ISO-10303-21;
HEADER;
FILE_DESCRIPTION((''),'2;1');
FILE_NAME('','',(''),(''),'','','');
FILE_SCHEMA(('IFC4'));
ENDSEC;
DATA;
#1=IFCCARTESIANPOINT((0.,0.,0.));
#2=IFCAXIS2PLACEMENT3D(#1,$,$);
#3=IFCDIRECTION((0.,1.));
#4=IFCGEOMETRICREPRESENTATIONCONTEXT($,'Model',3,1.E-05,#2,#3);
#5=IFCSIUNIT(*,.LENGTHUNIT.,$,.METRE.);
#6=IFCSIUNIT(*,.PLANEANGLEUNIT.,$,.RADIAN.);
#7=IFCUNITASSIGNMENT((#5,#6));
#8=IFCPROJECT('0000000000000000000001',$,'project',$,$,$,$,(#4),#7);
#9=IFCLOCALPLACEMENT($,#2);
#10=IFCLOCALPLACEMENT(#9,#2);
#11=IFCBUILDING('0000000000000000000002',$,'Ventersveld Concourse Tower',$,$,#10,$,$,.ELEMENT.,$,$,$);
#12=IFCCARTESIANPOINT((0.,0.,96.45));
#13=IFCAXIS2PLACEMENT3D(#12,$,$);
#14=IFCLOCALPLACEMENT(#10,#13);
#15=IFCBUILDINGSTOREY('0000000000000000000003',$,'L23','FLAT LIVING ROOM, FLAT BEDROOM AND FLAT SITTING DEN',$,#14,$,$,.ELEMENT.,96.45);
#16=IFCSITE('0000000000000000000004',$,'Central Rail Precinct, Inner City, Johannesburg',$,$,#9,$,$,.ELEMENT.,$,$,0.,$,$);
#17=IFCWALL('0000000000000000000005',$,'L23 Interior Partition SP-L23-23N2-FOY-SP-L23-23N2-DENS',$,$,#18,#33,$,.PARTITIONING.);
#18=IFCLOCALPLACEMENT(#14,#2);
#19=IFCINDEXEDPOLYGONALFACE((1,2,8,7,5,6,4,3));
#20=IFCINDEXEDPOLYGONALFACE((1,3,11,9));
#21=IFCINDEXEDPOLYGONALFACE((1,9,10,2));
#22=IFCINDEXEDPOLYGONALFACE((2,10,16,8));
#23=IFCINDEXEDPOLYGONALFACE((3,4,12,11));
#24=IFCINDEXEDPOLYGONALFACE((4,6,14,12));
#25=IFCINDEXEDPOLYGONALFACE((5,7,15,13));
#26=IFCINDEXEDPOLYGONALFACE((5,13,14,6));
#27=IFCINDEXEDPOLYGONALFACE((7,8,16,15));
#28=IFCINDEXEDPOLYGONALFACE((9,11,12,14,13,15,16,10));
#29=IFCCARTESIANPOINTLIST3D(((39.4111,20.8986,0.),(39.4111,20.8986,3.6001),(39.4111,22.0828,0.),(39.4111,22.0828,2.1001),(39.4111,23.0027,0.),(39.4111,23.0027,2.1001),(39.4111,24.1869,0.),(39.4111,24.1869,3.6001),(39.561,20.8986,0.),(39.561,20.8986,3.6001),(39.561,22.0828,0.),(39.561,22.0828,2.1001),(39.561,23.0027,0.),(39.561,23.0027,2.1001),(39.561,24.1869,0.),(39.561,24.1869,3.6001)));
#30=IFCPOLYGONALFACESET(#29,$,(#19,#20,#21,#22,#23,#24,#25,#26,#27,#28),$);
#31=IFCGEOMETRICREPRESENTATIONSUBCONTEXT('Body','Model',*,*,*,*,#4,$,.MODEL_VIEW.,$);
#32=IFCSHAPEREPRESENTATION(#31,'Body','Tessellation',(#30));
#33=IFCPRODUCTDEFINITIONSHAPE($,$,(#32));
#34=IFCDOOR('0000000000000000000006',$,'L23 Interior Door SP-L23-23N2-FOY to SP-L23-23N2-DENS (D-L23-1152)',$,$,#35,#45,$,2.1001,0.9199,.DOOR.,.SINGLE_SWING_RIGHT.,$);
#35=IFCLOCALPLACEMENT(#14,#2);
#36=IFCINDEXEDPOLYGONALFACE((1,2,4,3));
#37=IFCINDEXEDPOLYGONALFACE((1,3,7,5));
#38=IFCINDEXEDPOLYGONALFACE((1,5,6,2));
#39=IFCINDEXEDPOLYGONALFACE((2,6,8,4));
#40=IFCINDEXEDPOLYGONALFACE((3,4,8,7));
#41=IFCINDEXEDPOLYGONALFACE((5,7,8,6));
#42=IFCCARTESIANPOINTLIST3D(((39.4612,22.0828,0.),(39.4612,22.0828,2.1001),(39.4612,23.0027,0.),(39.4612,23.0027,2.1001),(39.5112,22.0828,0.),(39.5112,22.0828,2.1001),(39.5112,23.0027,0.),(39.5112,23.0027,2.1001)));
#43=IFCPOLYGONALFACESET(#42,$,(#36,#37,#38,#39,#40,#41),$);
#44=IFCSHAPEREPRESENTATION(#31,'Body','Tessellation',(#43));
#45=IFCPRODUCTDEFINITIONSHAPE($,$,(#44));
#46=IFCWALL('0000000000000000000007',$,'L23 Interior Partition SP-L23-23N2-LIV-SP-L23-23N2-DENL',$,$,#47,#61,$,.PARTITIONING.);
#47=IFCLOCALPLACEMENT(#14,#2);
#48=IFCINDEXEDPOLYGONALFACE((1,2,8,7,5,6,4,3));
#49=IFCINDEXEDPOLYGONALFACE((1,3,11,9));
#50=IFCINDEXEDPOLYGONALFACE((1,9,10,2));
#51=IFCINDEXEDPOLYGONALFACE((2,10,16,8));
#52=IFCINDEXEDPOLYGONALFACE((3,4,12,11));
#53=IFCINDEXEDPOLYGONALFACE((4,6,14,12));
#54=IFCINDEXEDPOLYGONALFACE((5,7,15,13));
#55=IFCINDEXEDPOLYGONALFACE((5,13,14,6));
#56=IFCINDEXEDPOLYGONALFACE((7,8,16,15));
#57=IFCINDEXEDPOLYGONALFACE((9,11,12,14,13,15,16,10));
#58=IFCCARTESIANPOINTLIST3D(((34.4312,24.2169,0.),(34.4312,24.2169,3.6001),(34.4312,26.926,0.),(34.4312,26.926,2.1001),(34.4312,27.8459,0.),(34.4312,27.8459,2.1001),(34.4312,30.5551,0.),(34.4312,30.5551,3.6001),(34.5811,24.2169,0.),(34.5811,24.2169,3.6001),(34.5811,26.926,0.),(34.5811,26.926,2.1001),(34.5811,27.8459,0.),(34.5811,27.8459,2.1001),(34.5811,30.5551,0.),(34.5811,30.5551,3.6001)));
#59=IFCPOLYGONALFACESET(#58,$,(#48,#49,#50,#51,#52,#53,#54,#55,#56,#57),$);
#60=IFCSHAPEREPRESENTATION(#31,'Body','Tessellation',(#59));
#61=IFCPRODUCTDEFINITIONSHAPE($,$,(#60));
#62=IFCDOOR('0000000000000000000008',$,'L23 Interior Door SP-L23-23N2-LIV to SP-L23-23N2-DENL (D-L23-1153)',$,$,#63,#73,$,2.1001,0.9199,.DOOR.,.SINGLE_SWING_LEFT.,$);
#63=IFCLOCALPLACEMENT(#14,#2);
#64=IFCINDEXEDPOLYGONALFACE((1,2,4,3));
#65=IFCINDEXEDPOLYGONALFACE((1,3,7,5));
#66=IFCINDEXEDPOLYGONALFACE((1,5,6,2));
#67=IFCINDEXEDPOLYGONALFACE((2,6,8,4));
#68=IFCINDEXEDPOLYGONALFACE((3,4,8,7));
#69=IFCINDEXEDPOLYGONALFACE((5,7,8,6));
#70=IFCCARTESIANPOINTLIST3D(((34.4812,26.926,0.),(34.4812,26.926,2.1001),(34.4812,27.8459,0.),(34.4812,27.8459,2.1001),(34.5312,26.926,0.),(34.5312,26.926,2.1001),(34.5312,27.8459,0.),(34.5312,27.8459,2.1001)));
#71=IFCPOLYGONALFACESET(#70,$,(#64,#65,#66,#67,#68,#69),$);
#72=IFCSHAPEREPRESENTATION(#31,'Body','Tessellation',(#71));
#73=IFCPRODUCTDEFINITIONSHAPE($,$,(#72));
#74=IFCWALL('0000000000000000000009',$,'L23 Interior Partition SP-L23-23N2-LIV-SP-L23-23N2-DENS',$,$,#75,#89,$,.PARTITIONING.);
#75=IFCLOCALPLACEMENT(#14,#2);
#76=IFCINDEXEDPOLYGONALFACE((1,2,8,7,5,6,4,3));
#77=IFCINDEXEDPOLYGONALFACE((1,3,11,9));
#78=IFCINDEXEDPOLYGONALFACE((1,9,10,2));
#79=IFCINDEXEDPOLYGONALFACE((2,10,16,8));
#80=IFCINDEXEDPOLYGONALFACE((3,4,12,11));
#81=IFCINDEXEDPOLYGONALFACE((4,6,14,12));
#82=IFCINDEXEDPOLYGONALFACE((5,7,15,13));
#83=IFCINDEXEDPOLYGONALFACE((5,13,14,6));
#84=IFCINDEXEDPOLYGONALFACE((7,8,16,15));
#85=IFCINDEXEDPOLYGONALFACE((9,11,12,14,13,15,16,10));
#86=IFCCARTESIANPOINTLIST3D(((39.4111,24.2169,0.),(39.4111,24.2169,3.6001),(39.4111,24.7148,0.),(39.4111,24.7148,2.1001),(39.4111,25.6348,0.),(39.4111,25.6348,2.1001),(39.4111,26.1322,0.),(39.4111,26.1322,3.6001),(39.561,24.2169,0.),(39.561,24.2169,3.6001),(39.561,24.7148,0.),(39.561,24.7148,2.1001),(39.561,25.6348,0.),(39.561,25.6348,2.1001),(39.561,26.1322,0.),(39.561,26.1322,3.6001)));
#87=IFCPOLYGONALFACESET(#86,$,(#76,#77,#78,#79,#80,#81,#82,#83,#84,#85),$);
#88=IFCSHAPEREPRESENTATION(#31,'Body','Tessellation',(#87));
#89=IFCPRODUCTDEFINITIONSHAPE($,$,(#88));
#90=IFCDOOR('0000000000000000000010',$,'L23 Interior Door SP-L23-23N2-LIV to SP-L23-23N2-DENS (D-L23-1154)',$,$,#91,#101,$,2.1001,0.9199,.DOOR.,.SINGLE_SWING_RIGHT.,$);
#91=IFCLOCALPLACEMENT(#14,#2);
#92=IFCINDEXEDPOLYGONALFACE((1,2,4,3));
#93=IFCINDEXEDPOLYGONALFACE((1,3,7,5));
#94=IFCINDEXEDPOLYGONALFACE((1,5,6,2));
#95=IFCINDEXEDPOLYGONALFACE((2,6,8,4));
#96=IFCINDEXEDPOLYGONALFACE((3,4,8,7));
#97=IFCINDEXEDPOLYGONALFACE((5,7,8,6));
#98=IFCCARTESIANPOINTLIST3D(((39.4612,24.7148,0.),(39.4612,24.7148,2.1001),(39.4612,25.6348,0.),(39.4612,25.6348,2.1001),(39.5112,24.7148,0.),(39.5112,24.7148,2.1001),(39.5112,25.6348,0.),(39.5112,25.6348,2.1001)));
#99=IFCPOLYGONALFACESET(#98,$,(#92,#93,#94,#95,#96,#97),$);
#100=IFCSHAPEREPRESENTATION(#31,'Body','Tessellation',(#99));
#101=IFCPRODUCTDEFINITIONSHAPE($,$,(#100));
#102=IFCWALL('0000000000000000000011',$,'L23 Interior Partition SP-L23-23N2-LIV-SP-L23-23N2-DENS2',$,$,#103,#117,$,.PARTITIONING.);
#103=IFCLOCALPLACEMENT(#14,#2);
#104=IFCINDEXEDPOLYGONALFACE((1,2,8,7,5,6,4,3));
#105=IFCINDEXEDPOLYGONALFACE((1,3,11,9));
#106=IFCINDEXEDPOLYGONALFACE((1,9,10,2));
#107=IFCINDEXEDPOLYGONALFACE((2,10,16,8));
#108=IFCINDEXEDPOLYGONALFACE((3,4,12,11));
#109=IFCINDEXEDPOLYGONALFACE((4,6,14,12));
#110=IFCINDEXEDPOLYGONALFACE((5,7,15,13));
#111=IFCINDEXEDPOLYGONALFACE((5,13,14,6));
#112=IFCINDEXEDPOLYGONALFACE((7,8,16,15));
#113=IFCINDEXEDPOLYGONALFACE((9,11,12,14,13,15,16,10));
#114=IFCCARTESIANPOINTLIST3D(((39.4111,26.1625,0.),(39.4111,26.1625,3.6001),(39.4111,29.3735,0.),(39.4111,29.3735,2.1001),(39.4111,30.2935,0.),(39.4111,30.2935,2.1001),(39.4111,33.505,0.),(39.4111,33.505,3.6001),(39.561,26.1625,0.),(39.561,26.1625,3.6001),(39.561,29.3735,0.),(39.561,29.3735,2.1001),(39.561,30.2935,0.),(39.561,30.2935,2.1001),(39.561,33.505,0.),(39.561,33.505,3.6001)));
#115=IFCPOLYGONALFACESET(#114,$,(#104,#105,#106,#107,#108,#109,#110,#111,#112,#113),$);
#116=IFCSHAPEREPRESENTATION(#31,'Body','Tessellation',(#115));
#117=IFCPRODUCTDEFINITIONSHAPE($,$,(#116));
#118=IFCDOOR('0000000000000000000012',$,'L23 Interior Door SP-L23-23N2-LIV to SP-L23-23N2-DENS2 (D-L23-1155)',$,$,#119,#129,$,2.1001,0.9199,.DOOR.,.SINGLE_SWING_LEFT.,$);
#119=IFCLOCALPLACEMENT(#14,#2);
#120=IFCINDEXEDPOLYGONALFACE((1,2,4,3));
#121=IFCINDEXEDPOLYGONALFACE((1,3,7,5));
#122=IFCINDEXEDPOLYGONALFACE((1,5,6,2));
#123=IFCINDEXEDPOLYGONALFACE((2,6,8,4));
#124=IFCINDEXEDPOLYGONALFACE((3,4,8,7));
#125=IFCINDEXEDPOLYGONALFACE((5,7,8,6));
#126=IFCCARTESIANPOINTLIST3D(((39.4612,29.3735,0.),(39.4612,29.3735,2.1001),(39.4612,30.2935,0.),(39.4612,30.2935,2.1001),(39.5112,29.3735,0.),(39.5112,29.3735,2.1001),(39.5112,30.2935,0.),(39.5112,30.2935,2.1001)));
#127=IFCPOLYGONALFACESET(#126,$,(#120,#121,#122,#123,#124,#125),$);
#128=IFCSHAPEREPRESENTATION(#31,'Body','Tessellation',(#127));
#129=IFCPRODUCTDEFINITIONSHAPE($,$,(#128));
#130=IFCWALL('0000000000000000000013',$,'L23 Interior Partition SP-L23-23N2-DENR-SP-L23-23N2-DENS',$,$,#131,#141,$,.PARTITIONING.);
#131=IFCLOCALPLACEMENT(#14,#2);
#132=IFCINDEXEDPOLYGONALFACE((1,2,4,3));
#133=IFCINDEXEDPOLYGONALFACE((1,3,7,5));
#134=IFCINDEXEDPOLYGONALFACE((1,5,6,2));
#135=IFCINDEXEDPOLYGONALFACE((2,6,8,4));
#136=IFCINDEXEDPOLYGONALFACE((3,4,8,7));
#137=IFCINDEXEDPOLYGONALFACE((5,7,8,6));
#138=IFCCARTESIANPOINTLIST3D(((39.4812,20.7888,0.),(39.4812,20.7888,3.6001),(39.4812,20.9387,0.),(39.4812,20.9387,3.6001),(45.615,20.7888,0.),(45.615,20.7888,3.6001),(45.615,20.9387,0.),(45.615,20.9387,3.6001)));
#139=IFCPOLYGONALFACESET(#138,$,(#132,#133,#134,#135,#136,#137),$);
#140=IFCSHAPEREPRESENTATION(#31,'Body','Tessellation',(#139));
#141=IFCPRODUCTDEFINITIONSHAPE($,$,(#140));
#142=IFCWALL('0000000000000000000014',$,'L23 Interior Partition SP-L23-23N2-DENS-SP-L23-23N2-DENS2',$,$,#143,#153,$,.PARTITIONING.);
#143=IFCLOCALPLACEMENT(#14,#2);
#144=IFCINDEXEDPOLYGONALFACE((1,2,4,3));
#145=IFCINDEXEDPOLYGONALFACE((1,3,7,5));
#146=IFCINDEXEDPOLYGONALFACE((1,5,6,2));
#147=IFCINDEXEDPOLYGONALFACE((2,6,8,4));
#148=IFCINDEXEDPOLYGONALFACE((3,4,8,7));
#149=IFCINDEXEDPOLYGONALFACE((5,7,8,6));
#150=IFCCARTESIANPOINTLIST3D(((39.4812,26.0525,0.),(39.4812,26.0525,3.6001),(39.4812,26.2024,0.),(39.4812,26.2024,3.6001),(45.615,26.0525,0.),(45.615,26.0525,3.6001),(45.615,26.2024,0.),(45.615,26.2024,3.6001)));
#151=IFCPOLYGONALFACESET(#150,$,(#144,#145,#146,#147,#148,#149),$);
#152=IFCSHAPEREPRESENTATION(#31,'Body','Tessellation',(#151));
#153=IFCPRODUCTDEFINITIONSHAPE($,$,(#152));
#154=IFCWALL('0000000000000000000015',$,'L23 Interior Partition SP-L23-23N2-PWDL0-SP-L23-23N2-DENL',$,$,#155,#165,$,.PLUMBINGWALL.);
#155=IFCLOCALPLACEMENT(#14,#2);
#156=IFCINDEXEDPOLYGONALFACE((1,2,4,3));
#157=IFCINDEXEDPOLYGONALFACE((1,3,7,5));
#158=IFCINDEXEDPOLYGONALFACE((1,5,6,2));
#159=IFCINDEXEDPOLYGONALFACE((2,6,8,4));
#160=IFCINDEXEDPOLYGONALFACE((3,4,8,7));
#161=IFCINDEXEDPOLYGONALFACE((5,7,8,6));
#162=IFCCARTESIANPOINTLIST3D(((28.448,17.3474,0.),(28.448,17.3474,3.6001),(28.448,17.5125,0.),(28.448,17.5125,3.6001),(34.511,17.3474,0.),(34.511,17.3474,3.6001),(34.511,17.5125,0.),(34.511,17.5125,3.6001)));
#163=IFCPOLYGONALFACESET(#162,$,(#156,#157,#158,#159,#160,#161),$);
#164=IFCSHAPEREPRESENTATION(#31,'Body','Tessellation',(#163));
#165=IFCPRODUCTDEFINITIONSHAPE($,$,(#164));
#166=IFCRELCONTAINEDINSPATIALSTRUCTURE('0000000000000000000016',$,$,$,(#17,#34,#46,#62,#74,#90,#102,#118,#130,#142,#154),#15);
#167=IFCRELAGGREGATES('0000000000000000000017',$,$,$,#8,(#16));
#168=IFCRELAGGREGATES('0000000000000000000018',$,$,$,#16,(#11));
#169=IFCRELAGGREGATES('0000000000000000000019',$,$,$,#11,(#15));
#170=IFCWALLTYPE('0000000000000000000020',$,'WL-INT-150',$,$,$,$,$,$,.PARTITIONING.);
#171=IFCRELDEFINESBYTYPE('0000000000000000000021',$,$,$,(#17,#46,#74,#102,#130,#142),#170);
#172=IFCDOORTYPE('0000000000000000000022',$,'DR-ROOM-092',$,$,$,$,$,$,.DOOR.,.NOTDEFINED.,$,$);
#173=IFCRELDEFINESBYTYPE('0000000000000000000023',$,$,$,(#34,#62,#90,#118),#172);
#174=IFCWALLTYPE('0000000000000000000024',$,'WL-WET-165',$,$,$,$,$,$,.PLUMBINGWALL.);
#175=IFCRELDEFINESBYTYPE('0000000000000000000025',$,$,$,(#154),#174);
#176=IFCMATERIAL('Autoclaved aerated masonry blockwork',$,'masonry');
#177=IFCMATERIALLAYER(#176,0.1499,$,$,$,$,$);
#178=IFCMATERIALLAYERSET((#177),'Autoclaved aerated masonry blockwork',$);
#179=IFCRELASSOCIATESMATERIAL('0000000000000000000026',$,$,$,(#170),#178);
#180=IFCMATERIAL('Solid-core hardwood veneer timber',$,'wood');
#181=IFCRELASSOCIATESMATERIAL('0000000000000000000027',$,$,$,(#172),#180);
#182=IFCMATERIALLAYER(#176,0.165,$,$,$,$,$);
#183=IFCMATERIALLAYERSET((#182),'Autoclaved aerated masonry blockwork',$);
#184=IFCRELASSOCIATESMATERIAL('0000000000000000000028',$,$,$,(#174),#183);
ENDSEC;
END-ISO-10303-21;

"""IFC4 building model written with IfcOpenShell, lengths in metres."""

from ifc_helpers import new_model, si_unit, direction, frame, frame_2d, origin, place, context, subcontext, project, spatial, rectangle, extrude, material, layer, layer_set, type_object, element, fill, save


model = new_model("IFC4")

# Units and contexts
model_context = context("Model", 3, precision=1e-05, world=origin(), true_north=direction((0.0, 1.0)))
body_context = subcontext(model_context, "Body", "Model", "MODEL_VIEW")
ifc_project = project(units=[si_unit("LENGTHUNIT", "METRE"), si_unit("PLANEANGLEUNIT", "RADIAN")], contexts=[model_context])

# Site, building, storey
site_placement = place(None, origin())
site = spatial("IfcSite", under=ifc_project, at=site_placement, Name="Central Rail Precinct, Inner City, Johannesburg", CompositionType="ELEMENT", RefElevation=0.0)
building_placement = place(site_placement, origin())
building = spatial("IfcBuilding", under=site, at=building_placement, Name="Ventersveld Concourse Tower", CompositionType="ELEMENT")
storey_placement = place(building_placement, frame((0.0, 0.0, 96.45)))
storey = spatial("IfcBuildingStorey", under=building, at=storey_placement, Name="L23", Description="FLAT LIVING ROOM, FLAT BEDROOM AND FLAT SITTING DEN", CompositionType="ELEMENT", Elevation=96.45)

# Walls, openings, doors
ifc_material_1 = material(Name="Autoclaved aerated masonry blockwork", Category="masonry")
ifc_layer_1 = layer(ifc_material_1, 0.1499)
ifc_layer_set_1 = layer_set([ifc_layer_1], Name="Autoclaved aerated masonry blockwork")
wall_type_1 = type_object("IfcWallType", Name="WL-INT-150", PredefinedType="PARTITIONING", material=ifc_layer_set_1)
ifc_material_2 = material(Name="Solid-core hardwood veneer timber", Category="wood")
door_type = type_object("IfcDoorType", Name="DR-ROOM-092", OperationType="NOTDEFINED", PredefinedType="DOOR", material=ifc_material_2)
wall_1_placement = place(storey_placement, frame((39.4861, 20.8987, 0.0), z_axis=(0.0, 0.0, 1.0), x_axis=(0.0, 1.0, 0.0)))
wall_1 = element("IfcWall", 1, at=wall_1_placement, inside=storey, type_object=wall_type_1, Name="L23 Interior Partition SP-L23-23N2-FOY-SP-L23-23N2-DENS", PredefinedType="PARTITIONING", context=body_context, shape_type="SweptSolid", body=[
    extrude(rectangle(XDim=3.2883, YDim=0.1499, at=frame_2d((1.644, 0.0))), origin(), (0.0, 0.0, 1.0), 3.6001),
])
opening_1_placement = place(wall_1_placement, frame((1.1841, 0.0, 0.0)))
opening_1 = element("IfcOpeningElement", 2, at=opening_1_placement, cuts=wall_1, PredefinedType="OPENING", context=body_context, shape_type="SweptSolid", body=[
    extrude(rectangle(XDim=0.9199, YDim=2.1001, at=frame_2d((0.46, 1.05))), frame((0.0, 0.085, 0.0), z_axis=(0.0, -1.0, 0.0), x_axis=(1.0, 0.0, 0.0)), (0.0, 0.0, 1.0), 0.1699),
])
door_1_placement = place(opening_1_placement, origin())
door_1 = element("IfcDoor", 3, at=door_1_placement, inside=storey, type_object=door_type, Name="L23 Interior Door SP-L23-23N2-FOY to SP-L23-23N2-DENS (D-L23-1152)", OperationType="SINGLE_SWING_RIGHT", OverallHeight=2.1001, OverallWidth=0.9199, PredefinedType="DOOR", context=body_context, shape_type="SweptSolid", body=[
    extrude(rectangle(XDim=0.9199, YDim=2.1001, at=frame_2d((0.46, 1.05))), frame((0.0, 0.0249, 0.0), z_axis=(0.0, -1.0, 0.0), x_axis=(1.0, 0.0, 0.0)), (0.0, 0.0, 1.0), 0.05),
])
fill(opening_1, door_1)
wall_2_placement = place(storey_placement, frame((34.5061, 24.217, 0.0), z_axis=(0.0, 0.0, 1.0), x_axis=(0.0, 1.0, 0.0)))
wall_2 = element("IfcWall", 4, at=wall_2_placement, inside=storey, type_object=wall_type_1, Name="L23 Interior Partition SP-L23-23N2-LIV-SP-L23-23N2-DENL", PredefinedType="PARTITIONING", context=body_context, shape_type="SweptSolid", body=[
    extrude(rectangle(XDim=6.3381, YDim=0.1499, at=frame_2d((3.1689, 0.0))), origin(), (0.0, 0.0, 1.0), 3.6001),
])
opening_2_placement = place(wall_2_placement, frame((2.709, 0.0, 0.0)))
opening_2 = element("IfcOpeningElement", 5, at=opening_2_placement, cuts=wall_2, PredefinedType="OPENING", context=body_context, shape_type="SweptSolid", body=[
    extrude(rectangle(XDim=0.9199, YDim=2.1001, at=frame_2d((0.46, 1.05))), frame((0.0, 0.085, 0.0), z_axis=(0.0, -1.0, 0.0), x_axis=(1.0, 0.0, 0.0)), (0.0, 0.0, 1.0), 0.1699),
])
door_2_placement = place(opening_2_placement, origin())
door_2 = element("IfcDoor", 6, at=door_2_placement, inside=storey, type_object=door_type, Name="L23 Interior Door SP-L23-23N2-LIV to SP-L23-23N2-DENL (D-L23-1153)", OperationType="SINGLE_SWING_LEFT", OverallHeight=2.1001, OverallWidth=0.9199, PredefinedType="DOOR", context=body_context, shape_type="SweptSolid", body=[
    extrude(rectangle(XDim=0.9199, YDim=2.1001, at=frame_2d((0.46, 1.05))), frame((0.0, 0.0249, 0.0), z_axis=(0.0, -1.0, 0.0), x_axis=(1.0, 0.0, 0.0)), (0.0, 0.0, 1.0), 0.05),
])
fill(opening_2, door_2)
wall_3_placement = place(storey_placement, frame((39.4861, 24.217, 0.0), z_axis=(0.0, 0.0, 1.0), x_axis=(0.0, 1.0, 0.0)))
wall_3 = element("IfcWall", 7, at=wall_3_placement, inside=storey, type_object=wall_type_1, Name="L23 Interior Partition SP-L23-23N2-LIV-SP-L23-23N2-DENS", PredefinedType="PARTITIONING", context=body_context, shape_type="SweptSolid", body=[
    extrude(rectangle(XDim=1.9153, YDim=0.1499, at=frame_2d((0.9575, 0.0))), origin(), (0.0, 0.0, 1.0), 3.6001),
])
opening_3_placement = place(wall_3_placement, frame((0.4978, 0.0, 0.0)))
opening_3 = element("IfcOpeningElement", 8, at=opening_3_placement, cuts=wall_3, PredefinedType="OPENING", context=body_context, shape_type="SweptSolid", body=[
    extrude(rectangle(XDim=0.9199, YDim=2.1001, at=frame_2d((0.46, 1.05))), frame((0.0, 0.085, 0.0), z_axis=(0.0, -1.0, 0.0), x_axis=(1.0, 0.0, 0.0)), (0.0, 0.0, 1.0), 0.1699),
])
door_3_placement = place(opening_3_placement, origin())
door_3 = element("IfcDoor", 9, at=door_3_placement, inside=storey, type_object=door_type, Name="L23 Interior Door SP-L23-23N2-LIV to SP-L23-23N2-DENS (D-L23-1154)", OperationType="SINGLE_SWING_RIGHT", OverallHeight=2.1001, OverallWidth=0.9199, PredefinedType="DOOR", context=body_context, shape_type="SweptSolid", body=[
    extrude(rectangle(XDim=0.9199, YDim=2.1001, at=frame_2d((0.46, 1.05))), frame((0.0, 0.0249, 0.0), z_axis=(0.0, -1.0, 0.0), x_axis=(1.0, 0.0, 0.0)), (0.0, 0.0, 1.0), 0.05),
])
fill(opening_3, door_3)
wall_4_placement = place(storey_placement, frame((39.4861, 26.1624, 0.0), z_axis=(0.0, 0.0, 1.0), x_axis=(0.0, 1.0, 0.0)))
wall_4 = element("IfcWall", 10, at=wall_4_placement, inside=storey, type_object=wall_type_1, Name="L23 Interior Partition SP-L23-23N2-LIV-SP-L23-23N2-DENS2", PredefinedType="PARTITIONING", context=body_context, shape_type="SweptSolid", body=[
    extrude(rectangle(XDim=7.3425, YDim=0.1499, at=frame_2d((3.6714, 0.0))), origin(), (0.0, 0.0, 1.0), 3.6001),
])
opening_4_placement = place(wall_4_placement, frame((3.2112, 0.0, 0.0)))
opening_4 = element("IfcOpeningElement", 11, at=opening_4_placement, cuts=wall_4, PredefinedType="OPENING", context=body_context, shape_type="SweptSolid", body=[
    extrude(rectangle(XDim=0.9199, YDim=2.1001, at=frame_2d((0.46, 1.05))), frame((0.0, 0.085, 0.0), z_axis=(0.0, -1.0, 0.0), x_axis=(1.0, 0.0, 0.0)), (0.0, 0.0, 1.0), 0.1699),
])
door_4_placement = place(opening_4_placement, origin())
door_4 = element("IfcDoor", 12, at=door_4_placement, inside=storey, type_object=door_type, Name="L23 Interior Door SP-L23-23N2-LIV to SP-L23-23N2-DENS2 (D-L23-1155)", OperationType="SINGLE_SWING_LEFT", OverallHeight=2.1001, OverallWidth=0.9199, PredefinedType="DOOR", context=body_context, shape_type="SweptSolid", body=[
    extrude(rectangle(XDim=0.9199, YDim=2.1001, at=frame_2d((0.46, 1.05))), frame((0.0, 0.0249, 0.0), z_axis=(0.0, -1.0, 0.0), x_axis=(1.0, 0.0, 0.0)), (0.0, 0.0, 1.0), 0.05),
])
fill(opening_4, door_4)

# Walls
for number, where, z_axis, x_axis, name in (
    (13, (39.4812, 20.8638, 0.0), (0.0, 0.0, 1.0), (1.0, 0.0, 0.0), "L23 Interior Partition SP-L23-23N2-DENR-SP-L23-23N2-DENS"),
    (14, (39.4812, 26.1274, 0.0), (0.0, 0.0, 1.0), (1.0, 0.0, 0.0), "L23 Interior Partition SP-L23-23N2-DENS-SP-L23-23N2-DENS2"),
):
    element("IfcWall", number, at=place(storey_placement, frame(where, z_axis=z_axis, x_axis=x_axis)), inside=storey, type_object=wall_type_1, Name=name, PredefinedType="PARTITIONING", context=body_context, shape_type="SweptSolid", body=[
        extrude(rectangle(XDim=6.1338, YDim=0.1499, at=frame_2d((3.0669, 0.0))), origin(), (0.0, 0.0, 1.0), 3.6001),
    ])
ifc_layer_2 = layer(ifc_material_1, 0.165)
ifc_layer_set_2 = layer_set([ifc_layer_2], Name="Autoclaved aerated masonry blockwork")
wall_type_2 = type_object("IfcWallType", Name="WL-WET-165", PredefinedType="PLUMBINGWALL", material=ifc_layer_set_2)
wall_5_placement = place(storey_placement, frame((28.448, 17.4299, 0.0), z_axis=(0.0, 0.0, 1.0), x_axis=(1.0, 0.0, 0.0)))
element("IfcWall", 15, at=wall_5_placement, inside=storey, type_object=wall_type_2, Name="L23 Interior Partition SP-L23-23N2-PWDL0-SP-L23-23N2-DENL", PredefinedType="PLUMBINGWALL", context=body_context, shape_type="SweptSolid", body=[
    extrude(rectangle(XDim=6.063, YDim=0.165, at=frame_2d((3.0315, 0.0))), origin(), (0.0, 0.0, 1.0), 3.6001),
])

save(model, "model.ifc")
